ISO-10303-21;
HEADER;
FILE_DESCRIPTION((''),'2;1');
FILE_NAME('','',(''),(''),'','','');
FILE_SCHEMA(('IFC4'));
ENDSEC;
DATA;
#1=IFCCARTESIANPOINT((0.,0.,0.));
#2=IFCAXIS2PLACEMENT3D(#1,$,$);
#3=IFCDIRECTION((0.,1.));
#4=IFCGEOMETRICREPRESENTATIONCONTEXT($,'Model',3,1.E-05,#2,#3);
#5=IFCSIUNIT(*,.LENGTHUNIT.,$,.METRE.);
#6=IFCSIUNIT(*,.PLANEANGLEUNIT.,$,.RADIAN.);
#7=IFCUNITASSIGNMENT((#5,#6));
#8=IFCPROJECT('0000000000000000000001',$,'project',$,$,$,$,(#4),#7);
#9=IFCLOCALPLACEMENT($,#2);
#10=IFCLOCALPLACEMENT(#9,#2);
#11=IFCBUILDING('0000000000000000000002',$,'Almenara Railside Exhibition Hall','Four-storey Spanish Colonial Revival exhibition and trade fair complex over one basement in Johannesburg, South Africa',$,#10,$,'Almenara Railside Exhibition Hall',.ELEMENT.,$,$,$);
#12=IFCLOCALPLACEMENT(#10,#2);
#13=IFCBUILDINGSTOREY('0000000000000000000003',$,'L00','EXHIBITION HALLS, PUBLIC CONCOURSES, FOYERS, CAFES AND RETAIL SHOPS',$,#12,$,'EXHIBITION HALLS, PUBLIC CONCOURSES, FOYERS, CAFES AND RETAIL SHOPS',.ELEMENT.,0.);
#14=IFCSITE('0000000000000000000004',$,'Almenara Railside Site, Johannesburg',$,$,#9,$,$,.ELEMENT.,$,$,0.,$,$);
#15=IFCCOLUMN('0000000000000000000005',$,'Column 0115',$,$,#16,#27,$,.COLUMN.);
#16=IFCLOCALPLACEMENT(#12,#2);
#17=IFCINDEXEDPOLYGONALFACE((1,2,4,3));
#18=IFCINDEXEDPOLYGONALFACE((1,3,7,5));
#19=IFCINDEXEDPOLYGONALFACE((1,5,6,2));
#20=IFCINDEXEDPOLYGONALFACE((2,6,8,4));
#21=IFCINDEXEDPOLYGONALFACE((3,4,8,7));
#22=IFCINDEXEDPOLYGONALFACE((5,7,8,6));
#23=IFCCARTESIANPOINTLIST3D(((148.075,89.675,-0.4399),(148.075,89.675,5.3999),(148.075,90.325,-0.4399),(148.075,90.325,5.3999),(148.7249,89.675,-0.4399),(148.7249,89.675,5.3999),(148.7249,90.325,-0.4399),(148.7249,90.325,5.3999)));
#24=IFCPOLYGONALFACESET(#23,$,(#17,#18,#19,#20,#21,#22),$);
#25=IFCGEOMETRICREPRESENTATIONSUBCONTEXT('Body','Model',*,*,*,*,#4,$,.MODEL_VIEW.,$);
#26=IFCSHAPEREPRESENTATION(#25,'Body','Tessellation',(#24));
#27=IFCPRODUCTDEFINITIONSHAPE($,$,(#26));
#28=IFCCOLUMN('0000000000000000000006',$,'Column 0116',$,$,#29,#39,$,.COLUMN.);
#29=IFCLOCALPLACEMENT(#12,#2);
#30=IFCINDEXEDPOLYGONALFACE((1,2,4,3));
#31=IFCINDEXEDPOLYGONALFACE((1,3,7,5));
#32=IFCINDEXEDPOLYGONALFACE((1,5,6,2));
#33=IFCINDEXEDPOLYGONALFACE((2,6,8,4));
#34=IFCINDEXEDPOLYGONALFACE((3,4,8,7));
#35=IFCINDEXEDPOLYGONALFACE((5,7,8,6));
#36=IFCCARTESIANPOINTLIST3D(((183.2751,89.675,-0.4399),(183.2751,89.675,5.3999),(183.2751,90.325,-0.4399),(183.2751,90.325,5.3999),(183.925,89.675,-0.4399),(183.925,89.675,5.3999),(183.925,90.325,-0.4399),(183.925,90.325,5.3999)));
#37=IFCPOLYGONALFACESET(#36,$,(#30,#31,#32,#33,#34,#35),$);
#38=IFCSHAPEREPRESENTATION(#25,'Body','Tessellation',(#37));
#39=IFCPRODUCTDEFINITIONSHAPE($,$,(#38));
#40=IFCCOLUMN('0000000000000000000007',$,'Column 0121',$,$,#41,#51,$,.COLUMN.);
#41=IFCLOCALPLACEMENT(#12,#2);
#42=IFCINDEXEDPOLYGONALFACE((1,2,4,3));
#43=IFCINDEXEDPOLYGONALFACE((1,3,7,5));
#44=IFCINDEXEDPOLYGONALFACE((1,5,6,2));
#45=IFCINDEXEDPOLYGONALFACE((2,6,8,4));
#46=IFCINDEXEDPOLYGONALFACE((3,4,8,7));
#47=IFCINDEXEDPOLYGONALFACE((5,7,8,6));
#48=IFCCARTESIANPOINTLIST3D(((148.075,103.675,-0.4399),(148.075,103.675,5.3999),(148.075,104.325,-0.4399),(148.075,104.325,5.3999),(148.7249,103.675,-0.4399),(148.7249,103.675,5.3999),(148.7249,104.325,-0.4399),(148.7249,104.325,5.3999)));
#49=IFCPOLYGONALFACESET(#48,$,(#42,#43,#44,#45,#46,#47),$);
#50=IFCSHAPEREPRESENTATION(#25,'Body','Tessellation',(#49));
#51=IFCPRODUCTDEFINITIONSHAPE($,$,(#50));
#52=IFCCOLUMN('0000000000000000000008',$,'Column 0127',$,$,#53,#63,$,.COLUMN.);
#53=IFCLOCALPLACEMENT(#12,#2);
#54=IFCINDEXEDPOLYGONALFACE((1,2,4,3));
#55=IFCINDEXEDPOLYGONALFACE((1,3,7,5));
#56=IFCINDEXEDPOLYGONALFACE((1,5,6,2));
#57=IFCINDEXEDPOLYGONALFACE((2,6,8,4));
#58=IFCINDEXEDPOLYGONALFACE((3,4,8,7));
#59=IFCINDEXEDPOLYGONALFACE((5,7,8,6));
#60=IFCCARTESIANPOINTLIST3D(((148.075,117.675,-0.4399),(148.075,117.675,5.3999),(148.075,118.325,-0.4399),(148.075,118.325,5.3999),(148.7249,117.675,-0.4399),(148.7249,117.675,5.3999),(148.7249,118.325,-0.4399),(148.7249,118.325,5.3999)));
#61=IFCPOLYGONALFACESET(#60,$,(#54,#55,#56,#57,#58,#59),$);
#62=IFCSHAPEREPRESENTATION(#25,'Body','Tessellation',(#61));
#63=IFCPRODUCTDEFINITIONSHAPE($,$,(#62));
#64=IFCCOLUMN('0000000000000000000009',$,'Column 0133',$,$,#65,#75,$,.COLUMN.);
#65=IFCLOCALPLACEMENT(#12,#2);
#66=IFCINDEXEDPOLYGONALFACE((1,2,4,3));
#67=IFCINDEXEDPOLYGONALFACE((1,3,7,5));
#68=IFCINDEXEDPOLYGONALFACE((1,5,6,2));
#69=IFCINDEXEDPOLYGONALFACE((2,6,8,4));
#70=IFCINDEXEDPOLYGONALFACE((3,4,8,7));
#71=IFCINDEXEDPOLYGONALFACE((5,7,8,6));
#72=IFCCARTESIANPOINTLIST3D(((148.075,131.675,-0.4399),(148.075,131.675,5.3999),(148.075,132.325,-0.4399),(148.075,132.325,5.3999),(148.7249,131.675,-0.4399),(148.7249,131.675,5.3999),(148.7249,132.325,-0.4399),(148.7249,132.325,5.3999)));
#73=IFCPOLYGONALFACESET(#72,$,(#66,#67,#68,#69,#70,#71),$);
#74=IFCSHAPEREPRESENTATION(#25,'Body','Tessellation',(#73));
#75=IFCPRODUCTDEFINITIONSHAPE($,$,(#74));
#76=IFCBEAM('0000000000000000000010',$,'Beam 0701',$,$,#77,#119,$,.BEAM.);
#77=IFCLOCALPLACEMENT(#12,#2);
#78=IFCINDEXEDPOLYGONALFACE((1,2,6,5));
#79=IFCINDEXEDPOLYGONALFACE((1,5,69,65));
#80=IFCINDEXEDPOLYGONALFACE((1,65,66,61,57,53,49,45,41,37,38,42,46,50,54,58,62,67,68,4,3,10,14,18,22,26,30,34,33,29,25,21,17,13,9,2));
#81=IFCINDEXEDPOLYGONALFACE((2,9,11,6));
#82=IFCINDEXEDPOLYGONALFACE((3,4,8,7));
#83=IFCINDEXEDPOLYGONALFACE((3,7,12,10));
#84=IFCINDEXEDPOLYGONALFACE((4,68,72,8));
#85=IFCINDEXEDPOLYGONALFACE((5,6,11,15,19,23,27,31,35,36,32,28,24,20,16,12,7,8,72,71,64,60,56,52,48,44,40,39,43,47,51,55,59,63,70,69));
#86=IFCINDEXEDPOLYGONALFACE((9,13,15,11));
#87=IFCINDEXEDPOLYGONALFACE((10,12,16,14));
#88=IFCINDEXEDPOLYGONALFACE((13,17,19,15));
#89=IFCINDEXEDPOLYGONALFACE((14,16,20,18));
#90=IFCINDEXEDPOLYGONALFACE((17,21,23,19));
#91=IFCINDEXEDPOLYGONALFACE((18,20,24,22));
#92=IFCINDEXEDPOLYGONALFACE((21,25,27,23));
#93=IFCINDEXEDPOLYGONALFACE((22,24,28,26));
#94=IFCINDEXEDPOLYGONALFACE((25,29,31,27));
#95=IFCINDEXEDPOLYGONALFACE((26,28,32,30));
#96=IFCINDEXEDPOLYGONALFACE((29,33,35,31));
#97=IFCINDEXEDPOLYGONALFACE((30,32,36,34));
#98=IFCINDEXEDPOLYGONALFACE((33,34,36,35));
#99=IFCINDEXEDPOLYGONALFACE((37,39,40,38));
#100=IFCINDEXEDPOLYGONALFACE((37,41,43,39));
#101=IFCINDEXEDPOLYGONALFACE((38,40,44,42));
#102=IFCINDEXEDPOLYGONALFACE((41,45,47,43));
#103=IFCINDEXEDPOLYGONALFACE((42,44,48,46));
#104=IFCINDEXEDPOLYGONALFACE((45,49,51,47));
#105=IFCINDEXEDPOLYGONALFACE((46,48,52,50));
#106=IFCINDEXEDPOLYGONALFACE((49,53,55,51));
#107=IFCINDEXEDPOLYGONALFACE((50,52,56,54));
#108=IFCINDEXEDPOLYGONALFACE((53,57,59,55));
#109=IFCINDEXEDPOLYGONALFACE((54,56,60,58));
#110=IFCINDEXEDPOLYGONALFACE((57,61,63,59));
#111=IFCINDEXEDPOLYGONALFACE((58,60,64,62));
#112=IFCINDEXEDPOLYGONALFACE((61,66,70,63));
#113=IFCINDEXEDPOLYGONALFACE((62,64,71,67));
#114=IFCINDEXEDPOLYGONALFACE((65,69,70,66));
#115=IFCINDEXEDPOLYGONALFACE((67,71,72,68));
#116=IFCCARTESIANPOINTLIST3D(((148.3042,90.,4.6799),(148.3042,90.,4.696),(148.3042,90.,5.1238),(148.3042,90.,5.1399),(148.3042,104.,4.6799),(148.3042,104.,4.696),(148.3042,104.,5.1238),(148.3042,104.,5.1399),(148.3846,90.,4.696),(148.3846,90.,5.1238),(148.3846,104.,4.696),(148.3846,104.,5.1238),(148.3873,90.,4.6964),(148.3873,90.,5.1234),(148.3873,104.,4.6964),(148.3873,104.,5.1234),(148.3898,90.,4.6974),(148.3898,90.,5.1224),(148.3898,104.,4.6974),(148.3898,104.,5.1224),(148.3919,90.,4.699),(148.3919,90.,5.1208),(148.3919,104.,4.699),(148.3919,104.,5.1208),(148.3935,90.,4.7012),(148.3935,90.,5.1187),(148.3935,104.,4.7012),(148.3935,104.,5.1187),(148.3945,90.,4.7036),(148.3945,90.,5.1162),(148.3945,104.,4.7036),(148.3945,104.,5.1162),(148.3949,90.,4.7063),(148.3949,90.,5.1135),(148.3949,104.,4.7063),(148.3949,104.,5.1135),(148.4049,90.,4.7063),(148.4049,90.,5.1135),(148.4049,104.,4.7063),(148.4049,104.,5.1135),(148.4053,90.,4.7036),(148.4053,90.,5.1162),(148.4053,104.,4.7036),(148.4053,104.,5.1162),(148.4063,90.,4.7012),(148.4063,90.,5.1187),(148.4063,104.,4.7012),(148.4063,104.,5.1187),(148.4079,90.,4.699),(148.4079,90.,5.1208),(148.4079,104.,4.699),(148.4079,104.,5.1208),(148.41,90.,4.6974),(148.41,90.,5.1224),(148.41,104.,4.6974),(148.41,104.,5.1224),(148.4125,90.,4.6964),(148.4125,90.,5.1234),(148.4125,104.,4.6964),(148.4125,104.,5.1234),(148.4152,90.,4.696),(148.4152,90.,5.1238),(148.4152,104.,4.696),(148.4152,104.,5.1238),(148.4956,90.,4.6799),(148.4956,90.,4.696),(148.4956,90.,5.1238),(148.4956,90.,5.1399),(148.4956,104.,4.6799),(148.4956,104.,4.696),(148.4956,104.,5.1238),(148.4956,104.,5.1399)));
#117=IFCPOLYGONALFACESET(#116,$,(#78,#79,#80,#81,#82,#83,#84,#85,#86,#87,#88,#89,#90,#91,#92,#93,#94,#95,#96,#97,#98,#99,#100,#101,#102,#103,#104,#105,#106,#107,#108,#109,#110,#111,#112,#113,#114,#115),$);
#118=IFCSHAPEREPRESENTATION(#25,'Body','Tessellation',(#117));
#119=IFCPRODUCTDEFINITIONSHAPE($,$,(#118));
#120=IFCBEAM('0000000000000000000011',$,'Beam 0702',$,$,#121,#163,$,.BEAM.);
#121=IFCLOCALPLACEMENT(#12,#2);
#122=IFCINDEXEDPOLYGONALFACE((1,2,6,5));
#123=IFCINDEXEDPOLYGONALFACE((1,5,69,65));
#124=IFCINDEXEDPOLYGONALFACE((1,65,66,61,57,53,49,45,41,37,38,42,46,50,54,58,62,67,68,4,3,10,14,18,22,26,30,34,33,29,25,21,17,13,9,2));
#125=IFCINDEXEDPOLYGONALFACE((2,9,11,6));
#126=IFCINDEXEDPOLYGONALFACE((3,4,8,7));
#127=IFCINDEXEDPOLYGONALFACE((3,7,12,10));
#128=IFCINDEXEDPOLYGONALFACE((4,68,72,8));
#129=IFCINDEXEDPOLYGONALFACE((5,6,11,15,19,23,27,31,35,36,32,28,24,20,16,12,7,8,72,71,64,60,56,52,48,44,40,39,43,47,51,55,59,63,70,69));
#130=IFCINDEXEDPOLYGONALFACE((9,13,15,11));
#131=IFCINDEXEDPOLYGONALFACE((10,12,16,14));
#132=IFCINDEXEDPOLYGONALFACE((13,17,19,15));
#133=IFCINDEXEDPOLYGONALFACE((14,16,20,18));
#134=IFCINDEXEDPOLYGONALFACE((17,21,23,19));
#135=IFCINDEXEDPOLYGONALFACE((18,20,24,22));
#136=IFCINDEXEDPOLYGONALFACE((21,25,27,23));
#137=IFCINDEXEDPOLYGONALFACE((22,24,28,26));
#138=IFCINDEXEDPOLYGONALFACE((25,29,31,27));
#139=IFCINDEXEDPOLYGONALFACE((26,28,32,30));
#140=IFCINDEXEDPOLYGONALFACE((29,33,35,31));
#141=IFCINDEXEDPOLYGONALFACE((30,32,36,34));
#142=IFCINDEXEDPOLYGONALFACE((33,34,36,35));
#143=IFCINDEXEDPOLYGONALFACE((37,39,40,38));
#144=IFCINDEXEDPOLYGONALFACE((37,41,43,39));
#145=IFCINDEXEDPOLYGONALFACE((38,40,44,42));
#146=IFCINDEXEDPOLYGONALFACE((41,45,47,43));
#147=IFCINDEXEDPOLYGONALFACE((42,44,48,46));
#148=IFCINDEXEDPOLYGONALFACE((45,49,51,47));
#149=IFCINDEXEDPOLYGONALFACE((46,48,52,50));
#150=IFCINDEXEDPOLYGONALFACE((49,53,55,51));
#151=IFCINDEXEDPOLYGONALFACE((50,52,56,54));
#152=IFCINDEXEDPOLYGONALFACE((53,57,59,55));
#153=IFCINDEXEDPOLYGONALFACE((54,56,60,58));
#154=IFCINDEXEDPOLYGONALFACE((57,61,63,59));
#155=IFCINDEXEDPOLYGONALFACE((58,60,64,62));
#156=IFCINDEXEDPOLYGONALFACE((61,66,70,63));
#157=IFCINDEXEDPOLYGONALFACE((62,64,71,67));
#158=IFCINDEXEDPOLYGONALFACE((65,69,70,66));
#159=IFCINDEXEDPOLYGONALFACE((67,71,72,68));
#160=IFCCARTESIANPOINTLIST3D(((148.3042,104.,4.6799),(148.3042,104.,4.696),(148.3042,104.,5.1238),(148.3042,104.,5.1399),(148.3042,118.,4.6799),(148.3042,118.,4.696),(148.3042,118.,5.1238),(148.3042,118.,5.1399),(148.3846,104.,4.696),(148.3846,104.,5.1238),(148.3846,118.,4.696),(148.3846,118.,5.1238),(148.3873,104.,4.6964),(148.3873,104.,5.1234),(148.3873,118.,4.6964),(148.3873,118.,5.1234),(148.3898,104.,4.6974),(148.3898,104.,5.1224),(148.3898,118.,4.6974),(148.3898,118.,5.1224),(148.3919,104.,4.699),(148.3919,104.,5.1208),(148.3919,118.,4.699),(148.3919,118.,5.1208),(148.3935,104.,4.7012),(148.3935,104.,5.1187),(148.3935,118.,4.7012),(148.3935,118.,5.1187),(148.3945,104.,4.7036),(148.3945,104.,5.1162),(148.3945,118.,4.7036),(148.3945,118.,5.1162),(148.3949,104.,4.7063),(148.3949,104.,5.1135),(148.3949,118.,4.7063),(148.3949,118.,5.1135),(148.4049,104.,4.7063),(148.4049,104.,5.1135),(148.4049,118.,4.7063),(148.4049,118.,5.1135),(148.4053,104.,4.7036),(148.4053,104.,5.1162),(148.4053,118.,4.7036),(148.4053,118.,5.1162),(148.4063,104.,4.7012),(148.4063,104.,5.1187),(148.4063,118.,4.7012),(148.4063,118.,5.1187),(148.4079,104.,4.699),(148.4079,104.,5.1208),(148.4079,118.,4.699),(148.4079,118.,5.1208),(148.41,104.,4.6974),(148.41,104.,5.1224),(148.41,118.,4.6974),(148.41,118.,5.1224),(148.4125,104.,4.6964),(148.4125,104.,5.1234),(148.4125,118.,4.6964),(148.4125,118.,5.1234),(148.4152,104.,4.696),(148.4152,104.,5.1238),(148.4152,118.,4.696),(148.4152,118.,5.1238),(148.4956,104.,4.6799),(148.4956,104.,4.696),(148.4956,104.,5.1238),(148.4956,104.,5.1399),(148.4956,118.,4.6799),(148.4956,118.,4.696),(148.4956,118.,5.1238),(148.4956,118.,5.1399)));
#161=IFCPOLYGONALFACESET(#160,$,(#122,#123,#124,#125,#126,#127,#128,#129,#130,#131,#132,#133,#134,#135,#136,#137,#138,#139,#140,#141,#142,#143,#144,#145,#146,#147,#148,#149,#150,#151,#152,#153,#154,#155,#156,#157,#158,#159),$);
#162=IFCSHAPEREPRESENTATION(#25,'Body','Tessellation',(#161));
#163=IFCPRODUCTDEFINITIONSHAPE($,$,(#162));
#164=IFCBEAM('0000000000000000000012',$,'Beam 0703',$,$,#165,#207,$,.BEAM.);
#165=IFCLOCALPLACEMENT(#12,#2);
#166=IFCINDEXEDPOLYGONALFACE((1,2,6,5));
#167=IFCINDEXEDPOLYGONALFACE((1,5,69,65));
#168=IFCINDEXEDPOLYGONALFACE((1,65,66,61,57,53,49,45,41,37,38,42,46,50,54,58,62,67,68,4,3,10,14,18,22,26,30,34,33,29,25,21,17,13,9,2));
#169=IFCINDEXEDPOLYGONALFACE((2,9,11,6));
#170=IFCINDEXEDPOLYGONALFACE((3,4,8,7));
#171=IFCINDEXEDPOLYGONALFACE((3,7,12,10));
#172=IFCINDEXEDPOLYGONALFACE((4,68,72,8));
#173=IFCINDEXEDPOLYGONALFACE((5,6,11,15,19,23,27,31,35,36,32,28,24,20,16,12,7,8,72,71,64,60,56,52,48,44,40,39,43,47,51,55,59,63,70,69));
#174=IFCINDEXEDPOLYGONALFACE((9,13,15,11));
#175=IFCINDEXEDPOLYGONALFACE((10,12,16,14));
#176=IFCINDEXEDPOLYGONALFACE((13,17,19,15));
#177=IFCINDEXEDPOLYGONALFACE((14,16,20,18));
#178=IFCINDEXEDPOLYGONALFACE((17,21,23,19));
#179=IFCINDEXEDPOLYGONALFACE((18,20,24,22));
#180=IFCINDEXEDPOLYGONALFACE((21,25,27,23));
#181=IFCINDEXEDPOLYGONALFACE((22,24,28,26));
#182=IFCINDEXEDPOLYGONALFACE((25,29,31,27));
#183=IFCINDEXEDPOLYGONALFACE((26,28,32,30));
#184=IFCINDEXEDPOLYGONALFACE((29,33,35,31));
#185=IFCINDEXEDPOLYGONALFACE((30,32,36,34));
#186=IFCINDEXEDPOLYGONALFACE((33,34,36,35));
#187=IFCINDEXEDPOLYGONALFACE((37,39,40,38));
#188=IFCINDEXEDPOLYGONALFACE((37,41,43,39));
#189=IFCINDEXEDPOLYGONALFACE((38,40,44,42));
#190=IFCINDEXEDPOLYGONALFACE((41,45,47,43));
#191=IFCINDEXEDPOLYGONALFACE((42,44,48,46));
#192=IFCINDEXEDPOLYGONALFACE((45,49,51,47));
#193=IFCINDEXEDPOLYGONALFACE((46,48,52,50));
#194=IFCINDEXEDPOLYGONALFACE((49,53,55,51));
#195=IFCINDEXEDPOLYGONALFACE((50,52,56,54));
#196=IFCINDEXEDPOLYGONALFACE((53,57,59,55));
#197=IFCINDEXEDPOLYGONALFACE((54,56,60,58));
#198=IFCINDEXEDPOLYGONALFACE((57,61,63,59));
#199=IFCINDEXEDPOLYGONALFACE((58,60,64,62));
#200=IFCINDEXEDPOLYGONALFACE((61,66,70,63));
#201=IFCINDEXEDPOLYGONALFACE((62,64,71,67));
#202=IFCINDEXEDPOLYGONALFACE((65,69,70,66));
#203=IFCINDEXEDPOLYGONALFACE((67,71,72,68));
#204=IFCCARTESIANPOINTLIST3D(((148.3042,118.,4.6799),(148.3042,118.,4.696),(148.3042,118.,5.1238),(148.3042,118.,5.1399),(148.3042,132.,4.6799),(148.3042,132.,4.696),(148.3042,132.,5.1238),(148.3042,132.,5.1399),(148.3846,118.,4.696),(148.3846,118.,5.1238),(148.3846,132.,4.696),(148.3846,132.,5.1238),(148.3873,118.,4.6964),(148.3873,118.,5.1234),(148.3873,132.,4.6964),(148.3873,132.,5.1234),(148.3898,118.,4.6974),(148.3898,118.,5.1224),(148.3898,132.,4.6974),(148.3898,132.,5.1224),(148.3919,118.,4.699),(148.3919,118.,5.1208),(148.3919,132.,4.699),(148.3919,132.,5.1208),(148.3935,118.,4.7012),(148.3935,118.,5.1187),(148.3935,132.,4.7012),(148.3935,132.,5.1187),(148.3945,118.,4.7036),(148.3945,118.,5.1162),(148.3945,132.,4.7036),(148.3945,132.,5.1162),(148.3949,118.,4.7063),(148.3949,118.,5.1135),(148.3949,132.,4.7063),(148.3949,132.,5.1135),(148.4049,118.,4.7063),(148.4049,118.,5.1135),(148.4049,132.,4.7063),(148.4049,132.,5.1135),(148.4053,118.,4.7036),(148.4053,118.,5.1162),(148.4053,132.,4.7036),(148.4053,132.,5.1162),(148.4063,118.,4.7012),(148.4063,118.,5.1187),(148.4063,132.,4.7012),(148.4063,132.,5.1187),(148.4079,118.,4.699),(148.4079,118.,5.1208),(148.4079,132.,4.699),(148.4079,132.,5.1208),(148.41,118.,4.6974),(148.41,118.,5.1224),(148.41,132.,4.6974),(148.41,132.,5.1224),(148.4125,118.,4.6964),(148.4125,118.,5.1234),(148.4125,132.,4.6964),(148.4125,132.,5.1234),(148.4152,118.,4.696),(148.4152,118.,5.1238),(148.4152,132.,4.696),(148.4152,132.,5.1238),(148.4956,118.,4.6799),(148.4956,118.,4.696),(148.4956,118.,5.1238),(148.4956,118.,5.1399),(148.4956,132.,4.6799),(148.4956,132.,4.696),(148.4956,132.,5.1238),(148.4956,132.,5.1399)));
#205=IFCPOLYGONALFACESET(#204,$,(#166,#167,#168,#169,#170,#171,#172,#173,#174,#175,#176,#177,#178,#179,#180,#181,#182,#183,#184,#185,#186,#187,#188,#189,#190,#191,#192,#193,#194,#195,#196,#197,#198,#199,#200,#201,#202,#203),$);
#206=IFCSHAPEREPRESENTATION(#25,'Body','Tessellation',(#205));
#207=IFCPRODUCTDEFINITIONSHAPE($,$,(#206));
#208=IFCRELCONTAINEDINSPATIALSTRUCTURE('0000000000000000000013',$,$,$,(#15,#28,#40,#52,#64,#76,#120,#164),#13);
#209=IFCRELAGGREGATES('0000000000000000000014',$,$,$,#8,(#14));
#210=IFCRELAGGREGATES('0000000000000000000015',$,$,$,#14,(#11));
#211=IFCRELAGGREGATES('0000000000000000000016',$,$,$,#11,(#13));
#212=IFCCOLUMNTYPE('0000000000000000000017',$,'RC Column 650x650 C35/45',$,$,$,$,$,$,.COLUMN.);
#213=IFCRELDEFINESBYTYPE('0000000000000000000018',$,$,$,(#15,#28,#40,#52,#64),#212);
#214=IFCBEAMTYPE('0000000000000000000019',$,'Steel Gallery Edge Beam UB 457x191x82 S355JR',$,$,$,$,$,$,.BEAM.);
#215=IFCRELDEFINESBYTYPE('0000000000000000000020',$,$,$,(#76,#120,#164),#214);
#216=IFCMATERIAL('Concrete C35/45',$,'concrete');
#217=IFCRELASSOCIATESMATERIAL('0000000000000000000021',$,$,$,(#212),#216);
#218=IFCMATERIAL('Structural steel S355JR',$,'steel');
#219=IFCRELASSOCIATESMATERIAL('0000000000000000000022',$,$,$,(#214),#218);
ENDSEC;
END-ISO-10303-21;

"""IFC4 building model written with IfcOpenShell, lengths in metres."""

from ifc_helpers import new_model, si_unit, direction, frame, origin, origin_2d, place, context, subcontext, project, spatial, rectangle, i_section, extrude, material, material_profile, profile_set, type_object, element, save


model = new_model("IFC4")

# Units and contexts
model_context = context("Model", 3, precision=1e-05, world=origin(), true_north=direction((0.0, 1.0)))
body_context = subcontext(model_context, "Body", "Model", "MODEL_VIEW")
ifc_project = project(units=[si_unit("LENGTHUNIT", "METRE"), si_unit("PLANEANGLEUNIT", "RADIAN")], contexts=[model_context])

# Site, building, storey
site_placement = place(None, origin())
site = spatial("IfcSite", under=ifc_project, at=site_placement, Name="Almenara Railside Site, Johannesburg", CompositionType="ELEMENT", RefElevation=0.0)
building_placement = place(site_placement, origin())
building = spatial("IfcBuilding", under=site, at=building_placement, Name="Almenara Railside Exhibition Hall", Description="Four-storey Spanish Colonial Revival exhibition and trade fair complex over one basement in Johannesburg, South Africa", LongName="Almenara Railside Exhibition Hall", CompositionType="ELEMENT")
storey_placement = place(building_placement, origin())
storey = spatial("IfcBuildingStorey", under=building, at=storey_placement, Name="L00", Description="EXHIBITION HALLS, PUBLIC CONCOURSES, FOYERS, CAFES AND RETAIL SHOPS", LongName="EXHIBITION HALLS, PUBLIC CONCOURSES, FOYERS, CAFES AND RETAIL SHOPS", CompositionType="ELEMENT", Elevation=0.0)

# Columns
ifc_material_1 = material(Name="Concrete C35/45", Category="concrete")
ifc_material_profile_1 = material_profile(ifc_material_1, rectangle(XDim=0.6499, YDim=0.6499, at=origin_2d()), Name="RC 650x650")
ifc_profile_set_1 = profile_set([ifc_material_profile_1], Name="Concrete C35/45")
column_type = type_object("IfcColumnType", Name="RC Column 650x650 C35/45", PredefinedType="COLUMN", material=ifc_profile_set_1)
for number, where, z_axis, x_axis, name in (
    (1, (148.3999, 90.0, -0.4399), (0.0, 0.0, 1.0), (1.0, 0.0, 0.0), "Column 0115"),
    (2, (183.6001, 90.0, -0.4399), (0.0, 0.0, 1.0), (1.0, 0.0, 0.0), "Column 0116"),
    (3, (148.3999, 104.0, -0.4399), (0.0, 0.0, 1.0), (1.0, 0.0, 0.0), "Column 0121"),
    (4, (148.3999, 118.0, -0.4399), (0.0, 0.0, 1.0), (1.0, 0.0, 0.0), "Column 0127"),
    (5, (148.3999, 132.0, -0.4399), (0.0, 0.0, 1.0), (1.0, 0.0, 0.0), "Column 0133"),
):
    element("IfcColumn", number, at=place(storey_placement, frame(where, z_axis=z_axis, x_axis=x_axis)), inside=storey, type_object=column_type, Name=name, PredefinedType="COLUMN", context=body_context, shape_type="SweptSolid", body=[
        extrude(rectangle(XDim=0.6499, YDim=0.6499, at=origin_2d()), origin(), (0.0, 0.0, 1.0), 5.8398),
    ])

# Beams
ifc_material_2 = material(Name="Structural steel S355JR", Category="steel")
ifc_material_profile_2 = material_profile(ifc_material_2, i_section(OverallWidth=0.1914, OverallDepth=0.46, WebThickness=0.01, FlangeThickness=0.0161, FilletRadius=0.0103, at=origin_2d()), Name="UB 457x191x82")
ifc_profile_set_2 = profile_set([ifc_material_profile_2], Name="Structural steel S355JR")
beam_type_1 = type_object("IfcBeamType", Name="Steel Gallery Edge Beam UB 457x191x82 S355JR", PredefinedType="BEAM", material=ifc_profile_set_2)
for number, where, z_axis, x_axis, name in (
    (6, (148.3999, 90.0, 4.9099), (0.0, 1.0, 0.0), (-1.0, 0.0, 0.0), "Beam 0701"),
    (7, (148.3999, 104.0, 4.9099), (0.0, 1.0, 0.0), (-1.0, 0.0, 0.0), "Beam 0702"),
    (8, (148.3999, 118.0, 4.9099), (0.0, 1.0, 0.0), (-1.0, 0.0, 0.0), "Beam 0703"),
):
    element("IfcBeam", number, at=place(storey_placement, frame(where, z_axis=z_axis, x_axis=x_axis)), inside=storey, type_object=beam_type_1, Name=name, PredefinedType="BEAM", context=body_context, shape_type="SweptSolid", body=[
        extrude(i_section(OverallWidth=0.1914, OverallDepth=0.46, WebThickness=0.01, FlangeThickness=0.0161, FilletRadius=0.0103, at=origin_2d()), origin(), (0.0, 0.0, 1.0), 14.0),
    ])

save(model, "model.ifc")
